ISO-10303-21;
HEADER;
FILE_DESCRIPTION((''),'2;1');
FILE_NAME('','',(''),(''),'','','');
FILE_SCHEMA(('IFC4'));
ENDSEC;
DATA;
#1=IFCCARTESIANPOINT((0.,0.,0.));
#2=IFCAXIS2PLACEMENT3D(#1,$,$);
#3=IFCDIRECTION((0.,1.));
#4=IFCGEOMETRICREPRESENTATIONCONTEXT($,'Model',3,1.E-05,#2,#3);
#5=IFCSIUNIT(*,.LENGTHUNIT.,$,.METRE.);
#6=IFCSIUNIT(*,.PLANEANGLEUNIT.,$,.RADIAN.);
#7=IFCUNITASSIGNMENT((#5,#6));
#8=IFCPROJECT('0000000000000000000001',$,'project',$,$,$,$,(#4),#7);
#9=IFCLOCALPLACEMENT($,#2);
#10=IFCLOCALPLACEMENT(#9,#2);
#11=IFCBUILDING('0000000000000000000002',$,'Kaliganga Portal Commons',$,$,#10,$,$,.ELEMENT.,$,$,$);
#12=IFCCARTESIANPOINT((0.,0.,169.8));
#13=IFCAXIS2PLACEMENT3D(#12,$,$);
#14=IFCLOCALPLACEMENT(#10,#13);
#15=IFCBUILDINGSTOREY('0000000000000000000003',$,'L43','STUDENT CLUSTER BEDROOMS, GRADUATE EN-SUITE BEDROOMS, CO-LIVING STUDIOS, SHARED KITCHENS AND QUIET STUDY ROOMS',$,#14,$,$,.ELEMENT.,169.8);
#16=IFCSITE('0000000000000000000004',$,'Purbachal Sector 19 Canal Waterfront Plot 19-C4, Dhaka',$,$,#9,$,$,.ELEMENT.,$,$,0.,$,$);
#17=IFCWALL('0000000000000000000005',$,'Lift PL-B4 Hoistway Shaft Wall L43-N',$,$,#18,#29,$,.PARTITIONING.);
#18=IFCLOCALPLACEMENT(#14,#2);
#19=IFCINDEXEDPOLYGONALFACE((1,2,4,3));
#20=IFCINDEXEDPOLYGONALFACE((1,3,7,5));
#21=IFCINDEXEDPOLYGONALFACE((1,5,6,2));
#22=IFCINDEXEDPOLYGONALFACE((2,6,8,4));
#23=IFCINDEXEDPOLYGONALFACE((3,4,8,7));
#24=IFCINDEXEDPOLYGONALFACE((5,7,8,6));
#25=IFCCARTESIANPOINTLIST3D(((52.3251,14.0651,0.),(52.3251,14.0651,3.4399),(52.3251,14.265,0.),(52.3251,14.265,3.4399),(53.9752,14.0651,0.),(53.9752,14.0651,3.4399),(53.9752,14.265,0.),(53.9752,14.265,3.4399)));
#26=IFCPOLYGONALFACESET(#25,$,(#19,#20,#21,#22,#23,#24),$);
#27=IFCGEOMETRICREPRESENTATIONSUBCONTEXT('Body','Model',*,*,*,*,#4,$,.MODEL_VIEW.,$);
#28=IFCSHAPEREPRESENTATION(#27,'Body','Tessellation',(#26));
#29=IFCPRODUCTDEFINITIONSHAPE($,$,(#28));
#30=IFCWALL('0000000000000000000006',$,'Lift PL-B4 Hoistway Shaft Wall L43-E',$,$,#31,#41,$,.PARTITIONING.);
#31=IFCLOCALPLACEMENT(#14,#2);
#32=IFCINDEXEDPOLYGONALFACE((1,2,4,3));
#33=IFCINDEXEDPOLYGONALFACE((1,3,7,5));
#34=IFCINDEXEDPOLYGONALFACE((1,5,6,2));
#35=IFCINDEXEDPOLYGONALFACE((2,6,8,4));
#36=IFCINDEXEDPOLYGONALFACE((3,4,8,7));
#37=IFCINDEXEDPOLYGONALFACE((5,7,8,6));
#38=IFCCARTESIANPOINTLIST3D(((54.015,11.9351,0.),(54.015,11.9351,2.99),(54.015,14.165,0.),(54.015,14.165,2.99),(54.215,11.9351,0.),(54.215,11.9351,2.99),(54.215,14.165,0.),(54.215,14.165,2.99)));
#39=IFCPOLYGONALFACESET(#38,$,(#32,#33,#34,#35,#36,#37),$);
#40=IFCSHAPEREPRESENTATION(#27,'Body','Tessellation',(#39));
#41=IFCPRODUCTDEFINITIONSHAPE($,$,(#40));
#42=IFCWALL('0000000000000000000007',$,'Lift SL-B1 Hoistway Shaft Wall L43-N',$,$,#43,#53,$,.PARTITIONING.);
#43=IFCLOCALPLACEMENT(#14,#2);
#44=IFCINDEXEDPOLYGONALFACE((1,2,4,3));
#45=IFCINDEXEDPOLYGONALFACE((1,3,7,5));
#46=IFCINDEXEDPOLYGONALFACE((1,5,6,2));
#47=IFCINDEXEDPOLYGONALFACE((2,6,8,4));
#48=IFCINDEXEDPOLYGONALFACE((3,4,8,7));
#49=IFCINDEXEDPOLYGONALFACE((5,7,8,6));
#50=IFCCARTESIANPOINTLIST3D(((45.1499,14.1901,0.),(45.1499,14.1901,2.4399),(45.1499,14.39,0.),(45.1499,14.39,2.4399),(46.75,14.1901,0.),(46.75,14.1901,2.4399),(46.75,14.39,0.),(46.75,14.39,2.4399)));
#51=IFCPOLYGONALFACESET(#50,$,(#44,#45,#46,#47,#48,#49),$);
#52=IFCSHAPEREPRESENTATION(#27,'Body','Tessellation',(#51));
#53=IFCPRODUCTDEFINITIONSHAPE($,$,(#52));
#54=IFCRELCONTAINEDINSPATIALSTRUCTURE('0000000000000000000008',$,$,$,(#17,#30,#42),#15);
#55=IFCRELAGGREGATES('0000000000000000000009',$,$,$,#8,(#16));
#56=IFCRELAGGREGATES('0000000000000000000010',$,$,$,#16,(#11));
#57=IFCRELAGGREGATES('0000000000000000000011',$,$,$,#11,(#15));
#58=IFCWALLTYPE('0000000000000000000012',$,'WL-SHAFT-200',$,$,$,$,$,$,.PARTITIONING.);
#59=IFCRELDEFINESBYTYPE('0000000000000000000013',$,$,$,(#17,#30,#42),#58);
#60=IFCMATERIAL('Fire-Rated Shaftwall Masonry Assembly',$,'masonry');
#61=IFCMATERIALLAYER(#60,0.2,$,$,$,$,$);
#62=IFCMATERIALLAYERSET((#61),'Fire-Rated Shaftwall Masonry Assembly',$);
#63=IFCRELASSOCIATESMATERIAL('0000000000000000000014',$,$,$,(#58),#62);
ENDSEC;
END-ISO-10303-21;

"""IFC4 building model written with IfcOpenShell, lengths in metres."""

from ifc_helpers import new_model, si_unit, direction, frame, frame_2d, origin, place, context, subcontext, project, spatial, rectangle, extrude, material, layer, layer_set, type_object, element, save


model = new_model("IFC4")

# Units and contexts
model_context = context("Model", 3, precision=1e-05, world=origin(), true_north=direction((0.0, 1.0)))
body_context = subcontext(model_context, "Body", "Model", "MODEL_VIEW")
ifc_project = project(units=[si_unit("LENGTHUNIT", "METRE"), si_unit("PLANEANGLEUNIT", "RADIAN")], contexts=[model_context])

# Site, building, storey
site_placement = place(None, origin())
site = spatial("IfcSite", under=ifc_project, at=site_placement, Name="Purbachal Sector 19 Canal Waterfront Plot 19-C4, Dhaka", CompositionType="ELEMENT", RefElevation=0.0)
building_placement = place(site_placement, origin())
building = spatial("IfcBuilding", under=site, at=building_placement, Name="Kaliganga Portal Commons", CompositionType="ELEMENT")
storey_placement = place(building_placement, frame((0.0, 0.0, 169.8)))
storey = spatial("IfcBuildingStorey", under=building, at=storey_placement, Name="L43", Description="STUDENT CLUSTER BEDROOMS, GRADUATE EN-SUITE BEDROOMS, CO-LIVING STUDIOS, SHARED KITCHENS AND QUIET STUDY ROOMS", CompositionType="ELEMENT", Elevation=169.8)

# Shared definitions
ifc_material_1 = material(Name="Fire-Rated Shaftwall Masonry Assembly", Category="masonry")
ifc_layer_1 = layer(ifc_material_1, 0.2)
ifc_layer_set_1 = layer_set([ifc_layer_1], Name="Fire-Rated Shaftwall Masonry Assembly")
wall_type_1 = type_object("IfcWallType", Name="WL-SHAFT-200", PredefinedType="PARTITIONING", material=ifc_layer_set_1)

# Walls
wall_1_placement = place(storey_placement, frame((52.325, 14.165, 0.0), z_axis=(0.0, 0.0, 1.0), x_axis=(1.0, 0.0, 0.0)))
element("IfcWall", 1, at=wall_1_placement, inside=storey, type_object=wall_type_1, Name="Lift PL-B4 Hoistway Shaft Wall L43-N", PredefinedType="PARTITIONING", context=body_context, shape_type="SweptSolid", body=[
    extrude(rectangle(XDim=1.6501, YDim=0.2, at=frame_2d((0.8252, 0.0))), origin(), (0.0, 0.0, 1.0), 3.4399),
])
wall_2_placement = place(storey_placement, frame((54.115, 11.9351, 0.0), z_axis=(0.0, 0.0, 1.0), x_axis=(0.0, 1.0, 0.0)))
element("IfcWall", 2, at=wall_2_placement, inside=storey, type_object=wall_type_1, Name="Lift PL-B4 Hoistway Shaft Wall L43-E", PredefinedType="PARTITIONING", context=body_context, shape_type="SweptSolid", body=[
    extrude(rectangle(XDim=2.23, YDim=0.2, at=frame_2d((1.115, 0.0))), origin(), (0.0, 0.0, 1.0), 2.99),
])

# Wall
wall_3_placement = place(storey_placement, frame((45.1499, 14.29, 0.0), z_axis=(0.0, 0.0, 1.0), x_axis=(1.0, 0.0, 0.0)))
element("IfcWall", 3, at=wall_3_placement, inside=storey, type_object=wall_type_1, Name="Lift SL-B1 Hoistway Shaft Wall L43-N", PredefinedType="PARTITIONING", context=body_context, shape_type="SweptSolid", body=[
    extrude(rectangle(XDim=1.6001, YDim=0.2, at=frame_2d((0.8, 0.0))), origin(), (0.0, 0.0, 1.0), 2.4399),
])

save(model, "model.ifc")
